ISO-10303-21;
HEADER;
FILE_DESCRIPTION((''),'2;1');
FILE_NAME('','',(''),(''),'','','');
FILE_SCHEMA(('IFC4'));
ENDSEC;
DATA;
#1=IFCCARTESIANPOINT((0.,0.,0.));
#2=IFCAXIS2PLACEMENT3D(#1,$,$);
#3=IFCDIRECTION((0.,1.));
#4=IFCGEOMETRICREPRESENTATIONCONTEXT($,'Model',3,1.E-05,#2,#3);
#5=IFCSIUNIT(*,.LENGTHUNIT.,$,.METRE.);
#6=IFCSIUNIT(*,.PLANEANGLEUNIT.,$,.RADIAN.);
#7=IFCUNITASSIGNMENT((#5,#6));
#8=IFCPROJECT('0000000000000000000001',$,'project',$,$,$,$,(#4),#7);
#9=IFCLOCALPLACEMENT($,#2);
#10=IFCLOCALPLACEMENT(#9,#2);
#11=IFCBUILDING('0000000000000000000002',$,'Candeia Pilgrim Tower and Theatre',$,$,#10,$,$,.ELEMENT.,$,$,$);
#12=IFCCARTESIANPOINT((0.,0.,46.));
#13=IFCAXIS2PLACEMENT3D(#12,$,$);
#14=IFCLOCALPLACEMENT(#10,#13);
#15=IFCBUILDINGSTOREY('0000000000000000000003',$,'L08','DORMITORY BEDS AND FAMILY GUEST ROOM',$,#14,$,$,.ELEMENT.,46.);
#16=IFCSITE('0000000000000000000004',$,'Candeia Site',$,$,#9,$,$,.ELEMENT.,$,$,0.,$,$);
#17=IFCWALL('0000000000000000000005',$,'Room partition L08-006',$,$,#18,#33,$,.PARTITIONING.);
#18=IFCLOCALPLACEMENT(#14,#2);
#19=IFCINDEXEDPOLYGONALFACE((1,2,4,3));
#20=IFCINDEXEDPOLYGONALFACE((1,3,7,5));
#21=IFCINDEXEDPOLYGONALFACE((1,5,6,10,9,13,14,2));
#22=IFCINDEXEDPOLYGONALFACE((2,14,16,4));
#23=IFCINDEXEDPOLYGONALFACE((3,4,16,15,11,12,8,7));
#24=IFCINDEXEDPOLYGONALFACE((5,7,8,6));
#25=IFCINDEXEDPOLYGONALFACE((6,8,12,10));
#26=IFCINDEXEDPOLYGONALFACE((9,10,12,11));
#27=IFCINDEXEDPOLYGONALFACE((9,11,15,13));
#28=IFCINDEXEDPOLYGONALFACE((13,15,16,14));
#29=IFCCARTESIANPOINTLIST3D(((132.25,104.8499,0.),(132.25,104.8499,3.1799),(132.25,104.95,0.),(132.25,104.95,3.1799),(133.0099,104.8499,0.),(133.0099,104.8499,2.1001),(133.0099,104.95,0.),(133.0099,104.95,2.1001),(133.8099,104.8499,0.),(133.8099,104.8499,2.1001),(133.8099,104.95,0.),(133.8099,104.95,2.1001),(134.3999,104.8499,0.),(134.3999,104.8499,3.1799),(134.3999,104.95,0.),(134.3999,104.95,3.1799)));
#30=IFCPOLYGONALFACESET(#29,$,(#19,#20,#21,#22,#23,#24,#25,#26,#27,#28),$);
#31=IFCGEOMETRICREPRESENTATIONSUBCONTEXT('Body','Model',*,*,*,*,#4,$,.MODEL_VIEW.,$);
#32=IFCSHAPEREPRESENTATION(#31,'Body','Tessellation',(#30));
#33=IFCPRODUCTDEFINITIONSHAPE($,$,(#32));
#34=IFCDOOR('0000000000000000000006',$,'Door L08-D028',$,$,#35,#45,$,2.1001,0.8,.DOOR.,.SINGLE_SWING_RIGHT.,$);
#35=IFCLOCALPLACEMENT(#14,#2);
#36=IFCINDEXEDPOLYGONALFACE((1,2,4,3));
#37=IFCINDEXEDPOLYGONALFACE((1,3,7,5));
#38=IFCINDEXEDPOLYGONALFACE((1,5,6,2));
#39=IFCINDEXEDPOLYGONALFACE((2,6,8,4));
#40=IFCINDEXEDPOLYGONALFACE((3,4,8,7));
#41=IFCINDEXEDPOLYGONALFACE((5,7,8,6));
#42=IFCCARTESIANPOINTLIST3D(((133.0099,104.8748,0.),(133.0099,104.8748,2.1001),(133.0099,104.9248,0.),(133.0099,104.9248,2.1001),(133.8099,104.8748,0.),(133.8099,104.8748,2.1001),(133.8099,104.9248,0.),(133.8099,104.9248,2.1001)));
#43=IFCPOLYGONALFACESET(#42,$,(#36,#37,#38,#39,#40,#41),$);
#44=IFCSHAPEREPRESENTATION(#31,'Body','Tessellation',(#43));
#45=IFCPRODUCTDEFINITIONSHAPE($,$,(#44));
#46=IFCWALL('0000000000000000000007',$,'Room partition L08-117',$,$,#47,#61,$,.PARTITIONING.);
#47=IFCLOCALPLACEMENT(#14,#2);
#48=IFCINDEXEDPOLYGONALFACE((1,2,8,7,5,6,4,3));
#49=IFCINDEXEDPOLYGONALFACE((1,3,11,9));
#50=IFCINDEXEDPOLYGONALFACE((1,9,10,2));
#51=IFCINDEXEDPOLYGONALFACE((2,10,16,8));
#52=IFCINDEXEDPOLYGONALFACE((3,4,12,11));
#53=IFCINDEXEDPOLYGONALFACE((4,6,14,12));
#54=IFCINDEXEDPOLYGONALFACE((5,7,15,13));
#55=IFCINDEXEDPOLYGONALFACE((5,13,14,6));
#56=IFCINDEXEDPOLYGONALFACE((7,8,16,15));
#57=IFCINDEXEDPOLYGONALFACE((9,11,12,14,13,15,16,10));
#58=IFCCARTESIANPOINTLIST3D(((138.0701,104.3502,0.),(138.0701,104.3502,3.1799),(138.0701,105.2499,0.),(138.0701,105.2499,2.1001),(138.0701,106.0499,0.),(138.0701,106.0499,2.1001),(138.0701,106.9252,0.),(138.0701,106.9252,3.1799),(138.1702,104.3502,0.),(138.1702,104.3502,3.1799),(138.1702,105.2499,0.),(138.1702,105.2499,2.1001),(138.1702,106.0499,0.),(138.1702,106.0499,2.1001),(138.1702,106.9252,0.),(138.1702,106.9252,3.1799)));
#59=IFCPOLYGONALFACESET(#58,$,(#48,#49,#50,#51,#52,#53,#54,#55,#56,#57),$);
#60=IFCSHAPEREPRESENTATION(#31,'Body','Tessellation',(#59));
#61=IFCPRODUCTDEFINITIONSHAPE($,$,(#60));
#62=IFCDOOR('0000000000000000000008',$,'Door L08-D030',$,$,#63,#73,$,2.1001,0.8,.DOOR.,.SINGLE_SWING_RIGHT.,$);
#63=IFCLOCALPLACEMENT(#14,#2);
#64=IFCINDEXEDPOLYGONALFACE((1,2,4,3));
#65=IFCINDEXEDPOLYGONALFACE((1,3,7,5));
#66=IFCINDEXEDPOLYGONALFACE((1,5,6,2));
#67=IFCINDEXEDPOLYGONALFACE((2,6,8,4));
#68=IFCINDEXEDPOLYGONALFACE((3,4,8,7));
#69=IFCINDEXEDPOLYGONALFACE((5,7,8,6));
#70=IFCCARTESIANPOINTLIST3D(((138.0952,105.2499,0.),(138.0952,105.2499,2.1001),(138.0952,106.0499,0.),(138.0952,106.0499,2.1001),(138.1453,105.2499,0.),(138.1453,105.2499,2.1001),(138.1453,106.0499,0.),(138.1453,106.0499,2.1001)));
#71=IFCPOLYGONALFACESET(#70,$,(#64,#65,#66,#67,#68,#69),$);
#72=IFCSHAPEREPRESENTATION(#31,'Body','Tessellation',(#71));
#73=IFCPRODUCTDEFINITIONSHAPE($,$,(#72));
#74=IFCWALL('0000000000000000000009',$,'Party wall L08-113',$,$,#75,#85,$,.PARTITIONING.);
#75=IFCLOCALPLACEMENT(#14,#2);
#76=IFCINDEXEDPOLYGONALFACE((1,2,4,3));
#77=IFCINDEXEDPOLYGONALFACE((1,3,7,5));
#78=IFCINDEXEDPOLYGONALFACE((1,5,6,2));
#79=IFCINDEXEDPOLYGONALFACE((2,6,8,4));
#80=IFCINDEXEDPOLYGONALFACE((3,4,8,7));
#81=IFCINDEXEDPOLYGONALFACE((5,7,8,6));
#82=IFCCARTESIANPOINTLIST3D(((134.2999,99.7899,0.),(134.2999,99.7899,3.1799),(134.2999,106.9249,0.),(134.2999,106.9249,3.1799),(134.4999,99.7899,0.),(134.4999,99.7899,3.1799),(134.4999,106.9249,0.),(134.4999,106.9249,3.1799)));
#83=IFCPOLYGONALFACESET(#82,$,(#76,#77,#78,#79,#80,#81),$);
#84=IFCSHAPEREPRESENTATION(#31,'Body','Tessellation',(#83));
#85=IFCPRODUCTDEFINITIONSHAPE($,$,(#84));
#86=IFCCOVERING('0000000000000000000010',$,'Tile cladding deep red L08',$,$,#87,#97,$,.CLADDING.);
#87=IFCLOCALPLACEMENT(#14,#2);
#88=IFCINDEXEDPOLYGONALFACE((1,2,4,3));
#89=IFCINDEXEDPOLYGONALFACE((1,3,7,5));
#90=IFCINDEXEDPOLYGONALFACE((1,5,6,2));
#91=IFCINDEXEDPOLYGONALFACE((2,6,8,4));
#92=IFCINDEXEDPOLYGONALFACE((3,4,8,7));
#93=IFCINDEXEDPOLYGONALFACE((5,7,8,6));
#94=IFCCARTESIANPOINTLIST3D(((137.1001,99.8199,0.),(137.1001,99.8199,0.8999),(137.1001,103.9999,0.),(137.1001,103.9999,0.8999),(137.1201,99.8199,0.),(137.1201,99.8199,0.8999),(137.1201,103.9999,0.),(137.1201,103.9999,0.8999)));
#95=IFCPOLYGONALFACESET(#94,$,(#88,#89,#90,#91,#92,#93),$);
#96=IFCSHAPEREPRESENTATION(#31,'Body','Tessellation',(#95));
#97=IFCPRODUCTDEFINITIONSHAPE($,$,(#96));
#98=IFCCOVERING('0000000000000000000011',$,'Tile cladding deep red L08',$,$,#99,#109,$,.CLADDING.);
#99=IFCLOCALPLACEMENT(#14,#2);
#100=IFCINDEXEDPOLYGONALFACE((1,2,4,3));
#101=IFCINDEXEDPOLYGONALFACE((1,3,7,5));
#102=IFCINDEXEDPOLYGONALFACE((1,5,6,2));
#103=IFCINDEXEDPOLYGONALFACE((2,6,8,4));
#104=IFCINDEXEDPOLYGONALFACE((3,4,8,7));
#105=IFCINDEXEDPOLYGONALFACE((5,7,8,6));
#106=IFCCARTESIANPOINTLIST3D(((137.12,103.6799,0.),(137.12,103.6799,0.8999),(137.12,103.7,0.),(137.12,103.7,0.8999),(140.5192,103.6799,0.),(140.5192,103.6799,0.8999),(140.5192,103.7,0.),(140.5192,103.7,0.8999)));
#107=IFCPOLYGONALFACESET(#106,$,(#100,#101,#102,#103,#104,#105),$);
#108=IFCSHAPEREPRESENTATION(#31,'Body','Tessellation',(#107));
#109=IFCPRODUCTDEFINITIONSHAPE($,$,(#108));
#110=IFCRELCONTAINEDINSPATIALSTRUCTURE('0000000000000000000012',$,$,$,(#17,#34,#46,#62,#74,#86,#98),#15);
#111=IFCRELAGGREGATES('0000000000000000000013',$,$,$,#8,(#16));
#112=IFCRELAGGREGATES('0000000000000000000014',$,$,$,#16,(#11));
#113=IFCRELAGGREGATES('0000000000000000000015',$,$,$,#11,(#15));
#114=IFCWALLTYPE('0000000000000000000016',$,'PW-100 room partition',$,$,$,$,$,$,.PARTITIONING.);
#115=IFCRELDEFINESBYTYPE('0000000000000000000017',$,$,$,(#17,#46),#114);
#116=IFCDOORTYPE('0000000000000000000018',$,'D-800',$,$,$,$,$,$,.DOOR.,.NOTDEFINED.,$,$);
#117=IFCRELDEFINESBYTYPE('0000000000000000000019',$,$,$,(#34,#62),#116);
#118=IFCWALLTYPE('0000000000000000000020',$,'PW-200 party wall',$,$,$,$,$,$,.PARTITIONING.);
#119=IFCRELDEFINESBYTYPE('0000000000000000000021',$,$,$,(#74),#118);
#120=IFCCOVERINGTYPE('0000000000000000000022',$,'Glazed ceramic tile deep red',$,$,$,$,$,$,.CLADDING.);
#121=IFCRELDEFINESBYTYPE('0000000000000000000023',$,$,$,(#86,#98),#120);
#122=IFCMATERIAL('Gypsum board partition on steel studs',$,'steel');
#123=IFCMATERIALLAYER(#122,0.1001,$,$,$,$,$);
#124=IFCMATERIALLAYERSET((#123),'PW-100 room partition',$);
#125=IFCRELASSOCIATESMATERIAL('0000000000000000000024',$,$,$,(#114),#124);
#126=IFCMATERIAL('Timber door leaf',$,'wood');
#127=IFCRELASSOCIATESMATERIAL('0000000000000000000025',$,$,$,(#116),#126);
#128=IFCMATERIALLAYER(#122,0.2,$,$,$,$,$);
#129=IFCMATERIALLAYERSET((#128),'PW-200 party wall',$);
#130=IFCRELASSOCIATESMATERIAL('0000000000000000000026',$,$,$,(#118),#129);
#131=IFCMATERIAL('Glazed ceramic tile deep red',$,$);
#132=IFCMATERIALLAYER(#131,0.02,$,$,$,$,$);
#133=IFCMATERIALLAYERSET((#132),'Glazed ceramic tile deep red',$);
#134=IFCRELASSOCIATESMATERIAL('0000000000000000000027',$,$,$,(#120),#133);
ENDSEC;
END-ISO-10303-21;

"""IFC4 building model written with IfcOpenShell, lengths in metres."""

from ifc_helpers import new_model, si_unit, direction, frame, frame_2d, origin, origin_2d, place, context, subcontext, project, spatial, rectangle, extrude, material, layer, layer_set, type_object, element, fill, save


model = new_model("IFC4")

# Units and contexts
model_context = context("Model", 3, precision=1e-05, world=origin(), true_north=direction((0.0, 1.0)))
body_context = subcontext(model_context, "Body", "Model", "MODEL_VIEW")
ifc_project = project(units=[si_unit("LENGTHUNIT", "METRE"), si_unit("PLANEANGLEUNIT", "RADIAN")], contexts=[model_context])

# Site, building, storey
site_placement = place(None, origin())
site = spatial("IfcSite", under=ifc_project, at=site_placement, Name="Candeia Site", CompositionType="ELEMENT", RefElevation=0.0)
building_placement = place(site_placement, origin())
building = spatial("IfcBuilding", under=site, at=building_placement, Name="Candeia Pilgrim Tower and Theatre", CompositionType="ELEMENT")
storey_placement = place(building_placement, frame((0.0, 0.0, 46.0)))
storey = spatial("IfcBuildingStorey", under=building, at=storey_placement, Name="L08", Description="DORMITORY BEDS AND FAMILY GUEST ROOM", CompositionType="ELEMENT", Elevation=46.0)

# Shared definitions
ifc_material_1 = material(Name="Gypsum board partition on steel studs", Category="steel")
ifc_layer_1 = layer(ifc_material_1, 0.1001)
ifc_layer_set_1 = layer_set([ifc_layer_1], Name="PW-100 room partition")
wall_type_1 = type_object("IfcWallType", Name="PW-100 room partition", PredefinedType="PARTITIONING", material=ifc_layer_set_1)

# Walls, openings, doors
wall_1_placement = place(storey_placement, frame((132.25, 104.8999, 0.0), z_axis=(0.0, 0.0, 1.0), x_axis=(1.0, 0.0, 0.0)))
wall_1 = element("IfcWall", 1, at=wall_1_placement, inside=storey, type_object=wall_type_1, Name="Room partition L08-006", PredefinedType="PARTITIONING", context=body_context, shape_type="SweptSolid", body=[
    extrude(rectangle(XDim=2.1499, YDim=0.1001, at=frame_2d((1.075, 0.0))), origin(), (0.0, 0.0, 1.0), 3.1799),
])
opening_1_placement = place(wall_1_placement, frame((0.76, 0.0, 0.0)))
opening_1 = element("IfcOpeningElement", 2, at=opening_1_placement, cuts=wall_1, PredefinedType="OPENING", context=body_context, shape_type="SweptSolid", body=[
    extrude(rectangle(XDim=0.8, YDim=2.1001, at=frame_2d((0.3999, 1.05))), frame((0.0, 0.0601, 0.0), z_axis=(0.0, -1.0, 0.0), x_axis=(1.0, 0.0, 0.0)), (0.0, 0.0, 1.0), 0.1201),
])
ifc_material_2 = material(Name="Timber door leaf", Category="wood")
door_type_1 = type_object("IfcDoorType", Name="D-800", OperationType="NOTDEFINED", PredefinedType="DOOR", material=ifc_material_2)
door_1_placement = place(opening_1_placement, origin())
door_1 = element("IfcDoor", 3, at=door_1_placement, inside=storey, type_object=door_type_1, Name="Door L08-D028", OperationType="SINGLE_SWING_RIGHT", OverallHeight=2.1001, OverallWidth=0.8, PredefinedType="DOOR", context=body_context, shape_type="SweptSolid", body=[
    extrude(rectangle(XDim=0.8, YDim=2.1001, at=frame_2d((0.3999, 1.05))), frame((0.0, 0.0249, 0.0), z_axis=(0.0, -1.0, 0.0), x_axis=(1.0, 0.0, 0.0)), (0.0, 0.0, 1.0), 0.05),
])
fill(opening_1, door_1)
wall_2_placement = place(storey_placement, frame((138.1201, 104.3501, 0.0), z_axis=(0.0, 0.0, 1.0), x_axis=(0.0, 1.0, 0.0)))
wall_2 = element("IfcWall", 4, at=wall_2_placement, inside=storey, type_object=wall_type_1, Name="Room partition L08-117", PredefinedType="PARTITIONING", context=body_context, shape_type="SweptSolid", body=[
    extrude(rectangle(XDim=2.575, YDim=0.1001, at=frame_2d((1.2876, 0.0))), origin(), (0.0, 0.0, 1.0), 3.1799),
])
opening_2_placement = place(wall_2_placement, frame((0.8999, 0.0, 0.0)))
opening_2 = element("IfcOpeningElement", 5, at=opening_2_placement, cuts=wall_2, PredefinedType="OPENING", context=body_context, shape_type="SweptSolid", body=[
    extrude(rectangle(XDim=0.8, YDim=2.1001, at=frame_2d((0.3999, 1.05))), frame((0.0, 0.0601, 0.0), z_axis=(0.0, -1.0, 0.0), x_axis=(1.0, 0.0, 0.0)), (0.0, 0.0, 1.0), 0.1201),
])
door_2_placement = place(opening_2_placement, origin())
door_2 = element("IfcDoor", 6, at=door_2_placement, inside=storey, type_object=door_type_1, Name="Door L08-D030", OperationType="SINGLE_SWING_RIGHT", OverallHeight=2.1001, OverallWidth=0.8, PredefinedType="DOOR", context=body_context, shape_type="SweptSolid", body=[
    extrude(rectangle(XDim=0.8, YDim=2.1001, at=frame_2d((0.3999, 1.05))), frame((0.0, 0.0249, 0.0), z_axis=(0.0, -1.0, 0.0), x_axis=(1.0, 0.0, 0.0)), (0.0, 0.0, 1.0), 0.05),
])
fill(opening_2, door_2)

# Wall
ifc_layer_2 = layer(ifc_material_1, 0.2)
ifc_layer_set_2 = layer_set([ifc_layer_2], Name="PW-200 party wall")
wall_type_2 = type_object("IfcWallType", Name="PW-200 party wall", PredefinedType="PARTITIONING", material=ifc_layer_set_2)
wall_3_placement = place(storey_placement, frame((134.3999, 99.79, 0.0), z_axis=(0.0, 0.0, 1.0), x_axis=(0.0, 1.0, 0.0)))
element("IfcWall", 7, at=wall_3_placement, inside=storey, type_object=wall_type_2, Name="Party wall L08-113", PredefinedType="PARTITIONING", context=body_context, shape_type="SweptSolid", body=[
    extrude(rectangle(XDim=7.135, YDim=0.2, at=frame_2d((3.5674, 0.0))), origin(), (0.0, 0.0, 1.0), 3.1799),
])

# Coverings
ifc_material_3 = material(Name="Glazed ceramic tile deep red")
ifc_layer_3 = layer(ifc_material_3, 0.02)
ifc_layer_set_3 = layer_set([ifc_layer_3], Name="Glazed ceramic tile deep red")
covering_type = type_object("IfcCoveringType", Name="Glazed ceramic tile deep red", PredefinedType="CLADDING", material=ifc_layer_set_3)
covering_1_placement = place(storey_placement, frame((137.1101, 101.9099, 0.0), z_axis=(0.0, 0.0, 1.0), x_axis=(0.0, 1.0, 0.0)))
element("IfcCovering", 8, at=covering_1_placement, inside=storey, type_object=covering_type, Name="Tile cladding deep red L08", PredefinedType="CLADDING", context=body_context, shape_type="SweptSolid", body=[
    extrude(rectangle(XDim=4.1799, YDim=0.02, at=origin_2d()), origin(), (0.0, 0.0, 1.0), 0.8999),
])
covering_2_placement = place(storey_placement, frame((138.8196, 103.6899, 0.0), z_axis=(0.0, 0.0, 1.0), x_axis=(1.0, 0.0, 0.0)))
element("IfcCovering", 9, at=covering_2_placement, inside=storey, type_object=covering_type, Name="Tile cladding deep red L08", PredefinedType="CLADDING", context=body_context, shape_type="SweptSolid", body=[
    extrude(rectangle(XDim=3.3992, YDim=0.02, at=origin_2d()), origin(), (0.0, 0.0, 1.0), 0.8999),
])

save(model, "model.ifc")
